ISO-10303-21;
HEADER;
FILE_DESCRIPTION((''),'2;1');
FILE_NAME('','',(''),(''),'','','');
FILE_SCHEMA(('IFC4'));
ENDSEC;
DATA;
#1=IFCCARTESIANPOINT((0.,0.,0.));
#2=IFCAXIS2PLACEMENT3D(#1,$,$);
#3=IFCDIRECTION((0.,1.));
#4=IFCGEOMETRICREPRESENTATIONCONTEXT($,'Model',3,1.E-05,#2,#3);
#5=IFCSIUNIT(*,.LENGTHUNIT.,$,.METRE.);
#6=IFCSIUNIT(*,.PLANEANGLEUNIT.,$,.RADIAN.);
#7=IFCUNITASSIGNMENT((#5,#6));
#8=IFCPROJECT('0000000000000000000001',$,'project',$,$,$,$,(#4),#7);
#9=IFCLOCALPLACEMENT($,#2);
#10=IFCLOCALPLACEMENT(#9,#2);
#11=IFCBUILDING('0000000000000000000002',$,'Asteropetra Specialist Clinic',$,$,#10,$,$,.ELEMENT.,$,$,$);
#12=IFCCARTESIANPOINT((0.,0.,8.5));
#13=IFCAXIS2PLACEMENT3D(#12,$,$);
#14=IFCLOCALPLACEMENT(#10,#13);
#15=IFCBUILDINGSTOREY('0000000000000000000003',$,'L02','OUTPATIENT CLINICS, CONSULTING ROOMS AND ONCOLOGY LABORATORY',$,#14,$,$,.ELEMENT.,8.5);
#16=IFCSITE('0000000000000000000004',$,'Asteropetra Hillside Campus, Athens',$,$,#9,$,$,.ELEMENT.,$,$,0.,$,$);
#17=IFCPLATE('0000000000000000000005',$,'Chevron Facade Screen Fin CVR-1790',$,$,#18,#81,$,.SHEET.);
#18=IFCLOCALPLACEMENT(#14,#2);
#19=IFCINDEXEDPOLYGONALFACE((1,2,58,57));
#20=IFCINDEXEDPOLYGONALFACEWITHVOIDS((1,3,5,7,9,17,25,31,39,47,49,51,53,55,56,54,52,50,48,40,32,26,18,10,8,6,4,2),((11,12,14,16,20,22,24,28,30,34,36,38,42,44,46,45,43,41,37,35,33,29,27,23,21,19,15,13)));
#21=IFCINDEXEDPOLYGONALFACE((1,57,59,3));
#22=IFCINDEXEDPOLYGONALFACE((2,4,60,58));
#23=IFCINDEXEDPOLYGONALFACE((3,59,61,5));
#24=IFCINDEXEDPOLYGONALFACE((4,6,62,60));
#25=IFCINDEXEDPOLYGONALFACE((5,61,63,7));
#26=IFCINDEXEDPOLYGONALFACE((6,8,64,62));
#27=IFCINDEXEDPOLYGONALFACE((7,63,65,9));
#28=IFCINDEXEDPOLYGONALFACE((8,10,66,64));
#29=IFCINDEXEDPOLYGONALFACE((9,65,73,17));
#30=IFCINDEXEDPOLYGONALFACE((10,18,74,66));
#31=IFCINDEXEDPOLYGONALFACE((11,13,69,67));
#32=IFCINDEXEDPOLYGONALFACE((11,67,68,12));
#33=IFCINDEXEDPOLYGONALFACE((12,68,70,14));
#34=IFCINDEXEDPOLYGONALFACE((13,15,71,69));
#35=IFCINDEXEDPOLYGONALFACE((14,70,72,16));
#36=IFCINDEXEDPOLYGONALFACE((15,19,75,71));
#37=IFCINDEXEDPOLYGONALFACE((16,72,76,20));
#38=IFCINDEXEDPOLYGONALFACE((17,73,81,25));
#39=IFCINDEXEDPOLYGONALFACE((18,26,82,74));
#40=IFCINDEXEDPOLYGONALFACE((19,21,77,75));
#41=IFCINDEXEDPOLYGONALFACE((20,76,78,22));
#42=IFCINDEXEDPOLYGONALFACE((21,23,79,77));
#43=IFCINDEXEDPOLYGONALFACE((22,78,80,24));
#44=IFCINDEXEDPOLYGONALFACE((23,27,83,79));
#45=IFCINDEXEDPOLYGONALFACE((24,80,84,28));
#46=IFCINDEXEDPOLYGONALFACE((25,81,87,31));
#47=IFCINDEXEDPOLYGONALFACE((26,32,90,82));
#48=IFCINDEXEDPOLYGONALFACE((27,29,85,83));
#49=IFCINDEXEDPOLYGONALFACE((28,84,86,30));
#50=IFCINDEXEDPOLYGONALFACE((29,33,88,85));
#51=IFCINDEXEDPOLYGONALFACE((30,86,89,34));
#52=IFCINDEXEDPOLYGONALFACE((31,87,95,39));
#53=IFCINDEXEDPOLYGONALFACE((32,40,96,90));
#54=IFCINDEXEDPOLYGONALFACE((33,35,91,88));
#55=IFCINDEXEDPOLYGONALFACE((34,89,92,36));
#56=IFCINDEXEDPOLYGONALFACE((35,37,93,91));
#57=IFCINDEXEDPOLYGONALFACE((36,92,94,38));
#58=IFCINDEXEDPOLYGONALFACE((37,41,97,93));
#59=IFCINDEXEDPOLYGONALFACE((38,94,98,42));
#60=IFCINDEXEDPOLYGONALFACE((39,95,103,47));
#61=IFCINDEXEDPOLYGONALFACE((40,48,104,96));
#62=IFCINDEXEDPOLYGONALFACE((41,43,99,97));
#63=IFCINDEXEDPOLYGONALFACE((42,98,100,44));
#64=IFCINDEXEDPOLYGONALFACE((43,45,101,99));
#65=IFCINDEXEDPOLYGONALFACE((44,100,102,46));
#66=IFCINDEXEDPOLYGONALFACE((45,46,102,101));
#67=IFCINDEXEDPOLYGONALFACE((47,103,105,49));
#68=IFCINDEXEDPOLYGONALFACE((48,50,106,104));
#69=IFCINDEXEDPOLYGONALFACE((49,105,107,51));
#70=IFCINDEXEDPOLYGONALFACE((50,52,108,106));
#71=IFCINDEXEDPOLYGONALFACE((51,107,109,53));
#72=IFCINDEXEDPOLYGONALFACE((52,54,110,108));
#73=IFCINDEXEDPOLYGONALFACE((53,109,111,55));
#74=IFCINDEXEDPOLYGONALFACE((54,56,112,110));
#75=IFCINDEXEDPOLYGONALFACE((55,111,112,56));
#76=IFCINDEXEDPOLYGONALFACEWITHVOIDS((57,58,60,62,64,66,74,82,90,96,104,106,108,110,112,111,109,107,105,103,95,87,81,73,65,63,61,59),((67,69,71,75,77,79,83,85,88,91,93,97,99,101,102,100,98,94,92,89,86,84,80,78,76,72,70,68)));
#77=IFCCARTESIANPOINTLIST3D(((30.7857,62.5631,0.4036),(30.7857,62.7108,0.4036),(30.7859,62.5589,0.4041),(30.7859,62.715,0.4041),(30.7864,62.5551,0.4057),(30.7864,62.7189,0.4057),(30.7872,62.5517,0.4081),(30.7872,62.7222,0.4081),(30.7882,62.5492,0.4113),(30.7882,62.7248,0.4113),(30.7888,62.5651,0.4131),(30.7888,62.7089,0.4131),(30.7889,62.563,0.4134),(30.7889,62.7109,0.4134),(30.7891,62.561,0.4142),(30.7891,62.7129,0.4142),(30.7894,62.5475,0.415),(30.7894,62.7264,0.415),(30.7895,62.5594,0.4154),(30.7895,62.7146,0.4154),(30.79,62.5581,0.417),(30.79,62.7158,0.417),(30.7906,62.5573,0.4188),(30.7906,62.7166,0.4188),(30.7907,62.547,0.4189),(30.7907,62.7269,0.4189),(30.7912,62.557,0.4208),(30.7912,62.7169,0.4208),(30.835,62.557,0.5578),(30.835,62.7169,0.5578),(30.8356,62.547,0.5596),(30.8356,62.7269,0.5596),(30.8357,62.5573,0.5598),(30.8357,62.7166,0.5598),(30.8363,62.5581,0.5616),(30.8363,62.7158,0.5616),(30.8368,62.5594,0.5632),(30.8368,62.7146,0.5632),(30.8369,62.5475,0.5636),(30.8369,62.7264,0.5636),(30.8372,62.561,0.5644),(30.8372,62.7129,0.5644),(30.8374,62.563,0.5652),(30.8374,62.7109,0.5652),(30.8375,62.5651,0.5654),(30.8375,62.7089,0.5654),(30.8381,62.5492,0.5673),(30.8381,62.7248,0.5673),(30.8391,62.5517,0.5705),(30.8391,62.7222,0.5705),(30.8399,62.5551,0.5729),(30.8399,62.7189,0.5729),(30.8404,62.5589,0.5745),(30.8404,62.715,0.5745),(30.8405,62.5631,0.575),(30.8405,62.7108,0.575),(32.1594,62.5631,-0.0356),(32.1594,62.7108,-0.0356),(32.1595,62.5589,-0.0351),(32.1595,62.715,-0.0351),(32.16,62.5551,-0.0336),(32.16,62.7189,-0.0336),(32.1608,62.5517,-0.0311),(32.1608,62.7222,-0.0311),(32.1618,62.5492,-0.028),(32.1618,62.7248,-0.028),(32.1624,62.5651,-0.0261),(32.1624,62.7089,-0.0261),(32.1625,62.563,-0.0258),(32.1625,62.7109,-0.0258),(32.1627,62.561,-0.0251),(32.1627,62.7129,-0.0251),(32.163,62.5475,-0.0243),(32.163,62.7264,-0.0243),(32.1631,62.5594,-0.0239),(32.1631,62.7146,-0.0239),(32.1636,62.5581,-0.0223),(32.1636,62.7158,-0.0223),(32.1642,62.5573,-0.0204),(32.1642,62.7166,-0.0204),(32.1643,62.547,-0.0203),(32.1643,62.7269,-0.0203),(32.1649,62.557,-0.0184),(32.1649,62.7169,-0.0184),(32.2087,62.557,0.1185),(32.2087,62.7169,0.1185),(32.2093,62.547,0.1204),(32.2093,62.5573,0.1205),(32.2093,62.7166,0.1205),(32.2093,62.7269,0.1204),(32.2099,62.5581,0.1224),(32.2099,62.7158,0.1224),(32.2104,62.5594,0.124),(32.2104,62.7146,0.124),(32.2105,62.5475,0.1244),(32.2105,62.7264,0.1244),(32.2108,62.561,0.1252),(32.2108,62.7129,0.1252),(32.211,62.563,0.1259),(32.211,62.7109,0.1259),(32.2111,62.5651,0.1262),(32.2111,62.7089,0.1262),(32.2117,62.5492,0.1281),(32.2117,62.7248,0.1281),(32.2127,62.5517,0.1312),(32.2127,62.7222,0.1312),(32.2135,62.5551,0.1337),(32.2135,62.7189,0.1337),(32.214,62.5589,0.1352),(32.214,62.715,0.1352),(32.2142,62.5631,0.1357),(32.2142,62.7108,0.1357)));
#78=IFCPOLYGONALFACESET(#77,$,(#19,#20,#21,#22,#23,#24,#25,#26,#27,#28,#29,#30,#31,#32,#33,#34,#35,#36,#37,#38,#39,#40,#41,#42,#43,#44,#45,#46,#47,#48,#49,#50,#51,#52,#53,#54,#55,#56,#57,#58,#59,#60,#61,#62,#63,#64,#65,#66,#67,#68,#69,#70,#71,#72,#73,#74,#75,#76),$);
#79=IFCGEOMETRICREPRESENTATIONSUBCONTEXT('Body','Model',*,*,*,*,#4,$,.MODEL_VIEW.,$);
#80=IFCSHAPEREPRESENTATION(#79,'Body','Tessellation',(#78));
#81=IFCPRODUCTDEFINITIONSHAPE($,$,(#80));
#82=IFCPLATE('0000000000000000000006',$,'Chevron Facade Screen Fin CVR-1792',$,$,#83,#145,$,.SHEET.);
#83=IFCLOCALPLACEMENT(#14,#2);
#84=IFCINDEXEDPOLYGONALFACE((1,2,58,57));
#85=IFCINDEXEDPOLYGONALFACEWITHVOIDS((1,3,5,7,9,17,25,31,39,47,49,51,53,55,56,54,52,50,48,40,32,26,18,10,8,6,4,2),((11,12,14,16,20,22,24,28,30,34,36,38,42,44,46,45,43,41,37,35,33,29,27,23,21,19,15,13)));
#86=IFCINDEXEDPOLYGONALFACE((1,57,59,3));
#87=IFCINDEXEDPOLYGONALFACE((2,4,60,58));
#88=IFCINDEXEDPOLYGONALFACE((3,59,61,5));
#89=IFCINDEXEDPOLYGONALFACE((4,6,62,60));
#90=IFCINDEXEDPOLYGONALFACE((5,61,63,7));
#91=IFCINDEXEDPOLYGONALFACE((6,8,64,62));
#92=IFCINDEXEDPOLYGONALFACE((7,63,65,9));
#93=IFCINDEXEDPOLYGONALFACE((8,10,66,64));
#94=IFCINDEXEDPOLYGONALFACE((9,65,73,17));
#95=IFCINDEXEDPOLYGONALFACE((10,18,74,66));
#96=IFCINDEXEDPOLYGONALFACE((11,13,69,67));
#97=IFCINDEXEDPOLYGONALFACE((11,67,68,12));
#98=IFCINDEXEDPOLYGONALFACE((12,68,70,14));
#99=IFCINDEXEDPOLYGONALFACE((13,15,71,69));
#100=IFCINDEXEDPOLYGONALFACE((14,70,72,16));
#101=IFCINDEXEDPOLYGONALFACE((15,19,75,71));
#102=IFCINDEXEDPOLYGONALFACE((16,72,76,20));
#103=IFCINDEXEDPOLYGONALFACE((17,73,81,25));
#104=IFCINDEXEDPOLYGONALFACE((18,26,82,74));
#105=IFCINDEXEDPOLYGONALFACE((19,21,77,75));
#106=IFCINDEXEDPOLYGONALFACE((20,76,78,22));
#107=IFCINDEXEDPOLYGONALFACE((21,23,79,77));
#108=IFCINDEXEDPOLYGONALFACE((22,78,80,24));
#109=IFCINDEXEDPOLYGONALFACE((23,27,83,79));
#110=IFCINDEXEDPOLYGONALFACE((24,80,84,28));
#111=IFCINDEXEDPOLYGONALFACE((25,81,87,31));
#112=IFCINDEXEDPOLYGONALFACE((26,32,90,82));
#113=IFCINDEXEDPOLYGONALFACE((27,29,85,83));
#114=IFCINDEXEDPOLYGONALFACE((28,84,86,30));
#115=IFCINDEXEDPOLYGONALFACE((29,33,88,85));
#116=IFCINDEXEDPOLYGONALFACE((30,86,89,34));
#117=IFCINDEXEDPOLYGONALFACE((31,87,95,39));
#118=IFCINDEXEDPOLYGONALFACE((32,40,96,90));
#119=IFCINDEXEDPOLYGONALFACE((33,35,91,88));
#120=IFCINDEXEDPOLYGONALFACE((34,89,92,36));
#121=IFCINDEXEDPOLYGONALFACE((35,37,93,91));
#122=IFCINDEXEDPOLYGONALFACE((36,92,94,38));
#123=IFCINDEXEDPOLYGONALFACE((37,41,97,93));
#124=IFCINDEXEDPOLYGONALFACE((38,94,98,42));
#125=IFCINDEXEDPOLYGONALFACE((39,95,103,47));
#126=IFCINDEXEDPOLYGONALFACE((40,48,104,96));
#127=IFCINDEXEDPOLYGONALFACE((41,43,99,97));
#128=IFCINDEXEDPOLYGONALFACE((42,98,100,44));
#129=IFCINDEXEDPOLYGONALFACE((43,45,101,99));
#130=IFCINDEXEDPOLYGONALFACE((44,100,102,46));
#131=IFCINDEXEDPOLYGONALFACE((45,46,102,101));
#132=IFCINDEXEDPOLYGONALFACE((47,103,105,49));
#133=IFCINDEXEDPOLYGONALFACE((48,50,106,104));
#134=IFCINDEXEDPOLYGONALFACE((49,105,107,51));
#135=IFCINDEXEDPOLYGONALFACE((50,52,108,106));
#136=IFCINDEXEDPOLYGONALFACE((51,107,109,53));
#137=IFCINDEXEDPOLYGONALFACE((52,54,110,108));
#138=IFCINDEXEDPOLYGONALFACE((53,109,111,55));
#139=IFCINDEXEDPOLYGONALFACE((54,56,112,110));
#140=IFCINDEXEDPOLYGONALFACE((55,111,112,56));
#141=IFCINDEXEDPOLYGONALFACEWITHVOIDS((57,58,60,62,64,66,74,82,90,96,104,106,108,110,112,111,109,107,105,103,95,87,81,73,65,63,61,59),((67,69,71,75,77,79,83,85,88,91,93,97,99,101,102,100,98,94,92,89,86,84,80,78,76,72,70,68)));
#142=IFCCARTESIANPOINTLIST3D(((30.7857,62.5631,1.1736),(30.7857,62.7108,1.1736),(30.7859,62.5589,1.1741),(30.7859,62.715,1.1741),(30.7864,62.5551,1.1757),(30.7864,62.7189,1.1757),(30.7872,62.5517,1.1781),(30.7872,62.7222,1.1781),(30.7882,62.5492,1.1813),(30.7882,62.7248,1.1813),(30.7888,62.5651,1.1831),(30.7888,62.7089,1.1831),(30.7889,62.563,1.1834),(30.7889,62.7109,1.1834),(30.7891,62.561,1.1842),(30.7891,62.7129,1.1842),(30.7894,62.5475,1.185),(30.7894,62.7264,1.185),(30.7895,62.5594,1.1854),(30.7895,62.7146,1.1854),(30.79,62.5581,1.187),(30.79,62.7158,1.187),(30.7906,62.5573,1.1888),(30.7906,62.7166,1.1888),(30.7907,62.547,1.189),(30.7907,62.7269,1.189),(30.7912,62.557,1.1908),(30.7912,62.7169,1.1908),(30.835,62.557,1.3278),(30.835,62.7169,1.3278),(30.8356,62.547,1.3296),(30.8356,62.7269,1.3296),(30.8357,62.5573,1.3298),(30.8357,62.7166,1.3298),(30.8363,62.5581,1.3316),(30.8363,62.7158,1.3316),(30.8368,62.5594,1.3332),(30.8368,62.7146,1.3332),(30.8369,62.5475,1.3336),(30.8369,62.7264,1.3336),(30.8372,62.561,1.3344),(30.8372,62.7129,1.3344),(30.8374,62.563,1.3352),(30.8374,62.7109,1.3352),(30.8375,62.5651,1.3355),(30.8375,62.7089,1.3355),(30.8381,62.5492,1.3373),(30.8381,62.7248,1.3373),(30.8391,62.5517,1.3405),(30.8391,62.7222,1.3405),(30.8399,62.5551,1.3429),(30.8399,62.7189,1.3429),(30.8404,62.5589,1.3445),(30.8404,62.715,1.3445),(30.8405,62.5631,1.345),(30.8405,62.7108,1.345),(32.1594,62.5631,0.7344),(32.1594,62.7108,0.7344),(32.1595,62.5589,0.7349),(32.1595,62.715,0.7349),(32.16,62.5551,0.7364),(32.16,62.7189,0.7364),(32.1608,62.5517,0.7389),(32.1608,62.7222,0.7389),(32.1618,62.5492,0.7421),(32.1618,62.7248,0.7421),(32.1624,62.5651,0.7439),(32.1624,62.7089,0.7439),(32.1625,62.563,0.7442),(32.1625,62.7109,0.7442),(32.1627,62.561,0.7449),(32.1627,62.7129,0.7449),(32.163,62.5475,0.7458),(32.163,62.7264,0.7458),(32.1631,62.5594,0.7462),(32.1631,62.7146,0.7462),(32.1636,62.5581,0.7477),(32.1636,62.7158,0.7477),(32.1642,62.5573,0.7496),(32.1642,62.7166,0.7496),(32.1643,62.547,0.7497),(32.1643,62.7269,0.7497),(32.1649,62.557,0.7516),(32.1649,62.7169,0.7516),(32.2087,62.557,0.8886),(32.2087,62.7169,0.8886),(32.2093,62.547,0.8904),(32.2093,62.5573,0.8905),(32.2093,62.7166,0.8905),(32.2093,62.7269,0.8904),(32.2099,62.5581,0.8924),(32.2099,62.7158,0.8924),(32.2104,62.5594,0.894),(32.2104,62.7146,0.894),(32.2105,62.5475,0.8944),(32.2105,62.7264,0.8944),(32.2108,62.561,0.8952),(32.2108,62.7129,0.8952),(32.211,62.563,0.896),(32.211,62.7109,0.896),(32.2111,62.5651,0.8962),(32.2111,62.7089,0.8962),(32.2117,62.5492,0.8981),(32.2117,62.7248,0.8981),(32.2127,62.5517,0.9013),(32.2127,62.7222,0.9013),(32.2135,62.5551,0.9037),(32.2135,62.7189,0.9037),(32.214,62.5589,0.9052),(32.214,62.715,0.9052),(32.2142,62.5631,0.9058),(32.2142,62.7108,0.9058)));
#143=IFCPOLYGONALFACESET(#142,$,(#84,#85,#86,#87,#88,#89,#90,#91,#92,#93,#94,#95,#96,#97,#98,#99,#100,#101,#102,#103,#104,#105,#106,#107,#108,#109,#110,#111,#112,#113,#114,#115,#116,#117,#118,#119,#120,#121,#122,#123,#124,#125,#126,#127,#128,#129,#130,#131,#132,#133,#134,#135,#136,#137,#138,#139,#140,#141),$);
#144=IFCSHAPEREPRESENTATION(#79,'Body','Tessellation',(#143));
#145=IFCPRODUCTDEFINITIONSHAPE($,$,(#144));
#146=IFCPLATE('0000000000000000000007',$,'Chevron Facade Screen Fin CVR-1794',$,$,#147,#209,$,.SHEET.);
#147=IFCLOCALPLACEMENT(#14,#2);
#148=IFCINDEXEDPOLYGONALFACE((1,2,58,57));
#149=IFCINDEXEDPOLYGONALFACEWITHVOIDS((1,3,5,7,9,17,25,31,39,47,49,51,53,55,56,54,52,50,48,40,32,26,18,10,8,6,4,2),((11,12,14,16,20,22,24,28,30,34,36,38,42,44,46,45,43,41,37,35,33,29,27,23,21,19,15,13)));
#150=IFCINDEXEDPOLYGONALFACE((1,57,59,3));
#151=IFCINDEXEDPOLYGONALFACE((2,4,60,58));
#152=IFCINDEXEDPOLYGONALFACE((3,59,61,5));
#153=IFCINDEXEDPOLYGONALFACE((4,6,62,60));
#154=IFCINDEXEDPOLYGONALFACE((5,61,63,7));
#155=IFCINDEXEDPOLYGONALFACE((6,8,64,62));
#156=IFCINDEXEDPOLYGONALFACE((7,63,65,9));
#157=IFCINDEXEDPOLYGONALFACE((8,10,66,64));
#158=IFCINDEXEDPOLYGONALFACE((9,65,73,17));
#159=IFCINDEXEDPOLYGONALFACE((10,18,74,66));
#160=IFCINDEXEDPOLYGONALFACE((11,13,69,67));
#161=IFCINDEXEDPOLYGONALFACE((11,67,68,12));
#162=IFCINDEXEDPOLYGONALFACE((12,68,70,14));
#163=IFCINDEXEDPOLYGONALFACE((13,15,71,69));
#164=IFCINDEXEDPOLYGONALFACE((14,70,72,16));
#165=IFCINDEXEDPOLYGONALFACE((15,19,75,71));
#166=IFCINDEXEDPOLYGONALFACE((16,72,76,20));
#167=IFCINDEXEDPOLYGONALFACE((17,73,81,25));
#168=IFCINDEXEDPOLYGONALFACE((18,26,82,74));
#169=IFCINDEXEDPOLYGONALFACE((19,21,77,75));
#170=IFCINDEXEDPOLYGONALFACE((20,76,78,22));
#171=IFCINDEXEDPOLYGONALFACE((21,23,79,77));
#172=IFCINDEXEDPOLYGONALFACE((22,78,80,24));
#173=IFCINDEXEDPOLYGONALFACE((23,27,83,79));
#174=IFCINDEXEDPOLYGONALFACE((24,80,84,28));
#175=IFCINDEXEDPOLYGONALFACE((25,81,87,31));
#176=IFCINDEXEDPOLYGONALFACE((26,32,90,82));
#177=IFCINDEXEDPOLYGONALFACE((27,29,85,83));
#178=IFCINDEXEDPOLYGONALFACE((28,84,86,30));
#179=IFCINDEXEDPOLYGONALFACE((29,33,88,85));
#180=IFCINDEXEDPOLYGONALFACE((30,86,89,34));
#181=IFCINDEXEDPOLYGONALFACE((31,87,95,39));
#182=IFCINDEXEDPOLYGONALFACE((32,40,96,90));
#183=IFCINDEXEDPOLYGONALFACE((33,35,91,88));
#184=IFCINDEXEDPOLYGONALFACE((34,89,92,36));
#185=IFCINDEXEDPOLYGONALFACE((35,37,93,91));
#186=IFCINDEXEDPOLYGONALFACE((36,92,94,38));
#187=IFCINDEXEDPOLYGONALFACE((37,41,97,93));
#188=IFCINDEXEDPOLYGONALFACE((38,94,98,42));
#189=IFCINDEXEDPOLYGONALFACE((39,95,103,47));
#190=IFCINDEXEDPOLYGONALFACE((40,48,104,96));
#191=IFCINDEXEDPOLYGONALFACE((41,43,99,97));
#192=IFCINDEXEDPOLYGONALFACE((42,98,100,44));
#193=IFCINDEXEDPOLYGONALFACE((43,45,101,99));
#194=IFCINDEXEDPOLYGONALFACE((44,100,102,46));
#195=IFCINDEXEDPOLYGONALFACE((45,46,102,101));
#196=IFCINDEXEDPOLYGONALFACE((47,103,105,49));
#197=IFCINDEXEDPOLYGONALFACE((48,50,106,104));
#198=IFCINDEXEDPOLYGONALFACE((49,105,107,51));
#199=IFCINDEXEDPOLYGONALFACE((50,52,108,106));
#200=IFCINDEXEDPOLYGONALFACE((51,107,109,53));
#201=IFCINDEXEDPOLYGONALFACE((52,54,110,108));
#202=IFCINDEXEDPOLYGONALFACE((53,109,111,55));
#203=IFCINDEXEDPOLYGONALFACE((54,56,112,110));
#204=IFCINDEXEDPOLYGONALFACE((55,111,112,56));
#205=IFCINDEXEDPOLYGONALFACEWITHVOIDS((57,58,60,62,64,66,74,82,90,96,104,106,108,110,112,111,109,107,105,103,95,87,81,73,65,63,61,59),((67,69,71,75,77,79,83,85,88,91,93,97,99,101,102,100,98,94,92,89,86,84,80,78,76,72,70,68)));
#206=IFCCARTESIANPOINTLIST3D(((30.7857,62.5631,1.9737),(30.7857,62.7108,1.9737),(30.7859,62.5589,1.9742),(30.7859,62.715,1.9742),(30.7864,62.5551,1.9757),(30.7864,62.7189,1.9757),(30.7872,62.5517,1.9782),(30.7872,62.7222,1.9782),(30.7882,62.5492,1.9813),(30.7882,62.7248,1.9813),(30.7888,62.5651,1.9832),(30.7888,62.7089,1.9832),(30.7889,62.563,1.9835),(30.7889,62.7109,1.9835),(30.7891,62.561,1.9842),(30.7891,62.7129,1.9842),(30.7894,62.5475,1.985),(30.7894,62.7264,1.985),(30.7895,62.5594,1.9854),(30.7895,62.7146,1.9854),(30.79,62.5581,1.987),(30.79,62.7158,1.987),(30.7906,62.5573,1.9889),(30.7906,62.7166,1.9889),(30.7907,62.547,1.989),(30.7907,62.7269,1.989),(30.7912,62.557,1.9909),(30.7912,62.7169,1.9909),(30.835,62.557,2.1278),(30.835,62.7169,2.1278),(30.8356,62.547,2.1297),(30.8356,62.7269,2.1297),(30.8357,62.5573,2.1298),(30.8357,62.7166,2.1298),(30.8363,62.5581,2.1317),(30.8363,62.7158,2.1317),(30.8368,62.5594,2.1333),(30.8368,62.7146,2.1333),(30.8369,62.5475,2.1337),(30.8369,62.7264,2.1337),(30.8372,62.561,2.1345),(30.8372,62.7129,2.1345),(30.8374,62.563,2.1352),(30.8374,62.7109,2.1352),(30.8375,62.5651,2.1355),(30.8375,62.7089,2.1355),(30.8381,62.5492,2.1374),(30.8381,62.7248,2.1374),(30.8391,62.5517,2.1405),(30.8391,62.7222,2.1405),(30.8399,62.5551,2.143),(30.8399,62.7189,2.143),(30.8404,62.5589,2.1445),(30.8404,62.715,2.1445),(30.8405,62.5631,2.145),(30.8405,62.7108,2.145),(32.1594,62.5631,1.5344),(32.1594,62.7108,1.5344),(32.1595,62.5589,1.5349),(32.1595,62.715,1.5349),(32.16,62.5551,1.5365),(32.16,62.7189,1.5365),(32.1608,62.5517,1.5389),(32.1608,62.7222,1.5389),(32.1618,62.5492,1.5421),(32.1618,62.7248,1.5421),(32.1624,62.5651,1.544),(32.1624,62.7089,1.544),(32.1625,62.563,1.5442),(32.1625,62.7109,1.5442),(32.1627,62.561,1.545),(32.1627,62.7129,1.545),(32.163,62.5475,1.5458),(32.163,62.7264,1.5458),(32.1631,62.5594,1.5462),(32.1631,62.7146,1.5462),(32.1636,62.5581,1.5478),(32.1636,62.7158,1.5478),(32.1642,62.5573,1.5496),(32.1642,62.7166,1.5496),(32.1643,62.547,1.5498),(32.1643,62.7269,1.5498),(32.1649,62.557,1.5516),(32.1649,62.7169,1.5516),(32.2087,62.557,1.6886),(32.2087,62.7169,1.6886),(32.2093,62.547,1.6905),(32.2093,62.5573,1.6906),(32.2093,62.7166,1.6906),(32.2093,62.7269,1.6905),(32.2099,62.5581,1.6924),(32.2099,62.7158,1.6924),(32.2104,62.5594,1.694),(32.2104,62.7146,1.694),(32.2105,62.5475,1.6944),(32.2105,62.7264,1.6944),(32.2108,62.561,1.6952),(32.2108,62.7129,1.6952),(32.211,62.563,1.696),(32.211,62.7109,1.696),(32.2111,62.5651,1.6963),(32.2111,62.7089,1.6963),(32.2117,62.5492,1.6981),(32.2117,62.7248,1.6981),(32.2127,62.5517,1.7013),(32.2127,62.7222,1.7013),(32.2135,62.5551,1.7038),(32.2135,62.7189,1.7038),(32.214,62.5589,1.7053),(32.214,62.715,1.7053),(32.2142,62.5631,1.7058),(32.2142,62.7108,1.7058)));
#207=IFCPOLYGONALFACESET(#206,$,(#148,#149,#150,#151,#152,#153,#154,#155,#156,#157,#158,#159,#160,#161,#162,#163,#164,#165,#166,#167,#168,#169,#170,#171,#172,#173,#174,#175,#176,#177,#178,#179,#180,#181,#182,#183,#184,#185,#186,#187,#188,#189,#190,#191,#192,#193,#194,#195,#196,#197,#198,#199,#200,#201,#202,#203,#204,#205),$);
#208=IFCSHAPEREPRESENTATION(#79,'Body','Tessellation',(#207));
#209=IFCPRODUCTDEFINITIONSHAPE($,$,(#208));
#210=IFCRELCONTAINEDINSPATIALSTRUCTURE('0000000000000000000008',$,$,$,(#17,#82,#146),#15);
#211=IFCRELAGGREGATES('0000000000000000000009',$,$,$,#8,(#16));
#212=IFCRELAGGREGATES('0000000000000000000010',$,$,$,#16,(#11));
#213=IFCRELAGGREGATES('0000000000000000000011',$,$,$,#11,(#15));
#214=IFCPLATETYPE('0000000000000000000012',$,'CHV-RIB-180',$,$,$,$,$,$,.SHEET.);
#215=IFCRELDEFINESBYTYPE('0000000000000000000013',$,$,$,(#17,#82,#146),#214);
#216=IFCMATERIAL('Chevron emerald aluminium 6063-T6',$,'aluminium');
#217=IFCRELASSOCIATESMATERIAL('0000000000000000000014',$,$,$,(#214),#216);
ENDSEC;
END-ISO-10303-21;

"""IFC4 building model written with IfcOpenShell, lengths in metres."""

from ifc_helpers import new_model, si_unit, direction, frame, origin, origin_2d, place, context, subcontext, project, spatial, hollow_rectangle, extrude, material, material_profile, profile_set, type_object, element, save


model = new_model("IFC4")

# Units and contexts
model_context = context("Model", 3, precision=1e-05, world=origin(), true_north=direction((0.0, 1.0)))
body_context = subcontext(model_context, "Body", "Model", "MODEL_VIEW")
ifc_project = project(units=[si_unit("LENGTHUNIT", "METRE"), si_unit("PLANEANGLEUNIT", "RADIAN")], contexts=[model_context])

# Site, building, storey
site_placement = place(None, origin())
site = spatial("IfcSite", under=ifc_project, at=site_placement, Name="Asteropetra Hillside Campus, Athens", CompositionType="ELEMENT", RefElevation=0.0)
building_placement = place(site_placement, origin())
building = spatial("IfcBuilding", under=site, at=building_placement, Name="Asteropetra Specialist Clinic", CompositionType="ELEMENT")
storey_placement = place(building_placement, frame((0.0, 0.0, 8.5)))
storey = spatial("IfcBuildingStorey", under=building, at=storey_placement, Name="L02", Description="OUTPATIENT CLINICS, CONSULTING ROOMS AND ONCOLOGY LABORATORY", CompositionType="ELEMENT", Elevation=8.5)

# Plates
ifc_material_1 = material(Name="Chevron emerald aluminium 6063-T6", Category="aluminium")
ifc_material_profile_1 = material_profile(ifc_material_1, hollow_rectangle(XDim=0.1799, YDim=0.1799, WallThickness=0.01, InnerFilletRadius=0.0081, OuterFilletRadius=0.0161, at=origin_2d()), Name="SHS 180x180x10.0")
ifc_profile_set_1 = profile_set([ifc_material_profile_1], Name="Chevron emerald aluminium 6063-T6")
plate_type_1 = type_object("IfcPlateType", Name="CHV-RIB-180", PredefinedType="SHEET", material=ifc_profile_set_1)
for number, where, z_axis, x_axis, name in (
    (1, (32.1868, 62.637, 0.05), (-0.952489, 0.0, 0.304573), (0.0, -1.0, 0.0), "Chevron Facade Screen Fin CVR-1790"),
    (2, (32.1868, 62.637, 0.8201), (-0.952489, 0.0, 0.304573), (0.0, -1.0, 0.0), "Chevron Facade Screen Fin CVR-1792"),
    (3, (32.1868, 62.637, 1.6201), (-0.952489, 0.0, 0.304573), (0.0, -1.0, 0.0), "Chevron Facade Screen Fin CVR-1794"),
):
    element("IfcPlate", number, at=place(storey_placement, frame(where, z_axis=z_axis, x_axis=x_axis)), inside=storey, type_object=plate_type_1, Name=name, PredefinedType="SHEET", context=body_context, shape_type="SweptSolid", body=[
        extrude(hollow_rectangle(XDim=0.1799, YDim=0.1799, WallThickness=0.01, InnerFilletRadius=0.0081, OuterFilletRadius=0.0161, at=origin_2d()), origin(), (0.0, 0.0, 1.0), 1.4421),
    ])

save(model, "model.ifc")
